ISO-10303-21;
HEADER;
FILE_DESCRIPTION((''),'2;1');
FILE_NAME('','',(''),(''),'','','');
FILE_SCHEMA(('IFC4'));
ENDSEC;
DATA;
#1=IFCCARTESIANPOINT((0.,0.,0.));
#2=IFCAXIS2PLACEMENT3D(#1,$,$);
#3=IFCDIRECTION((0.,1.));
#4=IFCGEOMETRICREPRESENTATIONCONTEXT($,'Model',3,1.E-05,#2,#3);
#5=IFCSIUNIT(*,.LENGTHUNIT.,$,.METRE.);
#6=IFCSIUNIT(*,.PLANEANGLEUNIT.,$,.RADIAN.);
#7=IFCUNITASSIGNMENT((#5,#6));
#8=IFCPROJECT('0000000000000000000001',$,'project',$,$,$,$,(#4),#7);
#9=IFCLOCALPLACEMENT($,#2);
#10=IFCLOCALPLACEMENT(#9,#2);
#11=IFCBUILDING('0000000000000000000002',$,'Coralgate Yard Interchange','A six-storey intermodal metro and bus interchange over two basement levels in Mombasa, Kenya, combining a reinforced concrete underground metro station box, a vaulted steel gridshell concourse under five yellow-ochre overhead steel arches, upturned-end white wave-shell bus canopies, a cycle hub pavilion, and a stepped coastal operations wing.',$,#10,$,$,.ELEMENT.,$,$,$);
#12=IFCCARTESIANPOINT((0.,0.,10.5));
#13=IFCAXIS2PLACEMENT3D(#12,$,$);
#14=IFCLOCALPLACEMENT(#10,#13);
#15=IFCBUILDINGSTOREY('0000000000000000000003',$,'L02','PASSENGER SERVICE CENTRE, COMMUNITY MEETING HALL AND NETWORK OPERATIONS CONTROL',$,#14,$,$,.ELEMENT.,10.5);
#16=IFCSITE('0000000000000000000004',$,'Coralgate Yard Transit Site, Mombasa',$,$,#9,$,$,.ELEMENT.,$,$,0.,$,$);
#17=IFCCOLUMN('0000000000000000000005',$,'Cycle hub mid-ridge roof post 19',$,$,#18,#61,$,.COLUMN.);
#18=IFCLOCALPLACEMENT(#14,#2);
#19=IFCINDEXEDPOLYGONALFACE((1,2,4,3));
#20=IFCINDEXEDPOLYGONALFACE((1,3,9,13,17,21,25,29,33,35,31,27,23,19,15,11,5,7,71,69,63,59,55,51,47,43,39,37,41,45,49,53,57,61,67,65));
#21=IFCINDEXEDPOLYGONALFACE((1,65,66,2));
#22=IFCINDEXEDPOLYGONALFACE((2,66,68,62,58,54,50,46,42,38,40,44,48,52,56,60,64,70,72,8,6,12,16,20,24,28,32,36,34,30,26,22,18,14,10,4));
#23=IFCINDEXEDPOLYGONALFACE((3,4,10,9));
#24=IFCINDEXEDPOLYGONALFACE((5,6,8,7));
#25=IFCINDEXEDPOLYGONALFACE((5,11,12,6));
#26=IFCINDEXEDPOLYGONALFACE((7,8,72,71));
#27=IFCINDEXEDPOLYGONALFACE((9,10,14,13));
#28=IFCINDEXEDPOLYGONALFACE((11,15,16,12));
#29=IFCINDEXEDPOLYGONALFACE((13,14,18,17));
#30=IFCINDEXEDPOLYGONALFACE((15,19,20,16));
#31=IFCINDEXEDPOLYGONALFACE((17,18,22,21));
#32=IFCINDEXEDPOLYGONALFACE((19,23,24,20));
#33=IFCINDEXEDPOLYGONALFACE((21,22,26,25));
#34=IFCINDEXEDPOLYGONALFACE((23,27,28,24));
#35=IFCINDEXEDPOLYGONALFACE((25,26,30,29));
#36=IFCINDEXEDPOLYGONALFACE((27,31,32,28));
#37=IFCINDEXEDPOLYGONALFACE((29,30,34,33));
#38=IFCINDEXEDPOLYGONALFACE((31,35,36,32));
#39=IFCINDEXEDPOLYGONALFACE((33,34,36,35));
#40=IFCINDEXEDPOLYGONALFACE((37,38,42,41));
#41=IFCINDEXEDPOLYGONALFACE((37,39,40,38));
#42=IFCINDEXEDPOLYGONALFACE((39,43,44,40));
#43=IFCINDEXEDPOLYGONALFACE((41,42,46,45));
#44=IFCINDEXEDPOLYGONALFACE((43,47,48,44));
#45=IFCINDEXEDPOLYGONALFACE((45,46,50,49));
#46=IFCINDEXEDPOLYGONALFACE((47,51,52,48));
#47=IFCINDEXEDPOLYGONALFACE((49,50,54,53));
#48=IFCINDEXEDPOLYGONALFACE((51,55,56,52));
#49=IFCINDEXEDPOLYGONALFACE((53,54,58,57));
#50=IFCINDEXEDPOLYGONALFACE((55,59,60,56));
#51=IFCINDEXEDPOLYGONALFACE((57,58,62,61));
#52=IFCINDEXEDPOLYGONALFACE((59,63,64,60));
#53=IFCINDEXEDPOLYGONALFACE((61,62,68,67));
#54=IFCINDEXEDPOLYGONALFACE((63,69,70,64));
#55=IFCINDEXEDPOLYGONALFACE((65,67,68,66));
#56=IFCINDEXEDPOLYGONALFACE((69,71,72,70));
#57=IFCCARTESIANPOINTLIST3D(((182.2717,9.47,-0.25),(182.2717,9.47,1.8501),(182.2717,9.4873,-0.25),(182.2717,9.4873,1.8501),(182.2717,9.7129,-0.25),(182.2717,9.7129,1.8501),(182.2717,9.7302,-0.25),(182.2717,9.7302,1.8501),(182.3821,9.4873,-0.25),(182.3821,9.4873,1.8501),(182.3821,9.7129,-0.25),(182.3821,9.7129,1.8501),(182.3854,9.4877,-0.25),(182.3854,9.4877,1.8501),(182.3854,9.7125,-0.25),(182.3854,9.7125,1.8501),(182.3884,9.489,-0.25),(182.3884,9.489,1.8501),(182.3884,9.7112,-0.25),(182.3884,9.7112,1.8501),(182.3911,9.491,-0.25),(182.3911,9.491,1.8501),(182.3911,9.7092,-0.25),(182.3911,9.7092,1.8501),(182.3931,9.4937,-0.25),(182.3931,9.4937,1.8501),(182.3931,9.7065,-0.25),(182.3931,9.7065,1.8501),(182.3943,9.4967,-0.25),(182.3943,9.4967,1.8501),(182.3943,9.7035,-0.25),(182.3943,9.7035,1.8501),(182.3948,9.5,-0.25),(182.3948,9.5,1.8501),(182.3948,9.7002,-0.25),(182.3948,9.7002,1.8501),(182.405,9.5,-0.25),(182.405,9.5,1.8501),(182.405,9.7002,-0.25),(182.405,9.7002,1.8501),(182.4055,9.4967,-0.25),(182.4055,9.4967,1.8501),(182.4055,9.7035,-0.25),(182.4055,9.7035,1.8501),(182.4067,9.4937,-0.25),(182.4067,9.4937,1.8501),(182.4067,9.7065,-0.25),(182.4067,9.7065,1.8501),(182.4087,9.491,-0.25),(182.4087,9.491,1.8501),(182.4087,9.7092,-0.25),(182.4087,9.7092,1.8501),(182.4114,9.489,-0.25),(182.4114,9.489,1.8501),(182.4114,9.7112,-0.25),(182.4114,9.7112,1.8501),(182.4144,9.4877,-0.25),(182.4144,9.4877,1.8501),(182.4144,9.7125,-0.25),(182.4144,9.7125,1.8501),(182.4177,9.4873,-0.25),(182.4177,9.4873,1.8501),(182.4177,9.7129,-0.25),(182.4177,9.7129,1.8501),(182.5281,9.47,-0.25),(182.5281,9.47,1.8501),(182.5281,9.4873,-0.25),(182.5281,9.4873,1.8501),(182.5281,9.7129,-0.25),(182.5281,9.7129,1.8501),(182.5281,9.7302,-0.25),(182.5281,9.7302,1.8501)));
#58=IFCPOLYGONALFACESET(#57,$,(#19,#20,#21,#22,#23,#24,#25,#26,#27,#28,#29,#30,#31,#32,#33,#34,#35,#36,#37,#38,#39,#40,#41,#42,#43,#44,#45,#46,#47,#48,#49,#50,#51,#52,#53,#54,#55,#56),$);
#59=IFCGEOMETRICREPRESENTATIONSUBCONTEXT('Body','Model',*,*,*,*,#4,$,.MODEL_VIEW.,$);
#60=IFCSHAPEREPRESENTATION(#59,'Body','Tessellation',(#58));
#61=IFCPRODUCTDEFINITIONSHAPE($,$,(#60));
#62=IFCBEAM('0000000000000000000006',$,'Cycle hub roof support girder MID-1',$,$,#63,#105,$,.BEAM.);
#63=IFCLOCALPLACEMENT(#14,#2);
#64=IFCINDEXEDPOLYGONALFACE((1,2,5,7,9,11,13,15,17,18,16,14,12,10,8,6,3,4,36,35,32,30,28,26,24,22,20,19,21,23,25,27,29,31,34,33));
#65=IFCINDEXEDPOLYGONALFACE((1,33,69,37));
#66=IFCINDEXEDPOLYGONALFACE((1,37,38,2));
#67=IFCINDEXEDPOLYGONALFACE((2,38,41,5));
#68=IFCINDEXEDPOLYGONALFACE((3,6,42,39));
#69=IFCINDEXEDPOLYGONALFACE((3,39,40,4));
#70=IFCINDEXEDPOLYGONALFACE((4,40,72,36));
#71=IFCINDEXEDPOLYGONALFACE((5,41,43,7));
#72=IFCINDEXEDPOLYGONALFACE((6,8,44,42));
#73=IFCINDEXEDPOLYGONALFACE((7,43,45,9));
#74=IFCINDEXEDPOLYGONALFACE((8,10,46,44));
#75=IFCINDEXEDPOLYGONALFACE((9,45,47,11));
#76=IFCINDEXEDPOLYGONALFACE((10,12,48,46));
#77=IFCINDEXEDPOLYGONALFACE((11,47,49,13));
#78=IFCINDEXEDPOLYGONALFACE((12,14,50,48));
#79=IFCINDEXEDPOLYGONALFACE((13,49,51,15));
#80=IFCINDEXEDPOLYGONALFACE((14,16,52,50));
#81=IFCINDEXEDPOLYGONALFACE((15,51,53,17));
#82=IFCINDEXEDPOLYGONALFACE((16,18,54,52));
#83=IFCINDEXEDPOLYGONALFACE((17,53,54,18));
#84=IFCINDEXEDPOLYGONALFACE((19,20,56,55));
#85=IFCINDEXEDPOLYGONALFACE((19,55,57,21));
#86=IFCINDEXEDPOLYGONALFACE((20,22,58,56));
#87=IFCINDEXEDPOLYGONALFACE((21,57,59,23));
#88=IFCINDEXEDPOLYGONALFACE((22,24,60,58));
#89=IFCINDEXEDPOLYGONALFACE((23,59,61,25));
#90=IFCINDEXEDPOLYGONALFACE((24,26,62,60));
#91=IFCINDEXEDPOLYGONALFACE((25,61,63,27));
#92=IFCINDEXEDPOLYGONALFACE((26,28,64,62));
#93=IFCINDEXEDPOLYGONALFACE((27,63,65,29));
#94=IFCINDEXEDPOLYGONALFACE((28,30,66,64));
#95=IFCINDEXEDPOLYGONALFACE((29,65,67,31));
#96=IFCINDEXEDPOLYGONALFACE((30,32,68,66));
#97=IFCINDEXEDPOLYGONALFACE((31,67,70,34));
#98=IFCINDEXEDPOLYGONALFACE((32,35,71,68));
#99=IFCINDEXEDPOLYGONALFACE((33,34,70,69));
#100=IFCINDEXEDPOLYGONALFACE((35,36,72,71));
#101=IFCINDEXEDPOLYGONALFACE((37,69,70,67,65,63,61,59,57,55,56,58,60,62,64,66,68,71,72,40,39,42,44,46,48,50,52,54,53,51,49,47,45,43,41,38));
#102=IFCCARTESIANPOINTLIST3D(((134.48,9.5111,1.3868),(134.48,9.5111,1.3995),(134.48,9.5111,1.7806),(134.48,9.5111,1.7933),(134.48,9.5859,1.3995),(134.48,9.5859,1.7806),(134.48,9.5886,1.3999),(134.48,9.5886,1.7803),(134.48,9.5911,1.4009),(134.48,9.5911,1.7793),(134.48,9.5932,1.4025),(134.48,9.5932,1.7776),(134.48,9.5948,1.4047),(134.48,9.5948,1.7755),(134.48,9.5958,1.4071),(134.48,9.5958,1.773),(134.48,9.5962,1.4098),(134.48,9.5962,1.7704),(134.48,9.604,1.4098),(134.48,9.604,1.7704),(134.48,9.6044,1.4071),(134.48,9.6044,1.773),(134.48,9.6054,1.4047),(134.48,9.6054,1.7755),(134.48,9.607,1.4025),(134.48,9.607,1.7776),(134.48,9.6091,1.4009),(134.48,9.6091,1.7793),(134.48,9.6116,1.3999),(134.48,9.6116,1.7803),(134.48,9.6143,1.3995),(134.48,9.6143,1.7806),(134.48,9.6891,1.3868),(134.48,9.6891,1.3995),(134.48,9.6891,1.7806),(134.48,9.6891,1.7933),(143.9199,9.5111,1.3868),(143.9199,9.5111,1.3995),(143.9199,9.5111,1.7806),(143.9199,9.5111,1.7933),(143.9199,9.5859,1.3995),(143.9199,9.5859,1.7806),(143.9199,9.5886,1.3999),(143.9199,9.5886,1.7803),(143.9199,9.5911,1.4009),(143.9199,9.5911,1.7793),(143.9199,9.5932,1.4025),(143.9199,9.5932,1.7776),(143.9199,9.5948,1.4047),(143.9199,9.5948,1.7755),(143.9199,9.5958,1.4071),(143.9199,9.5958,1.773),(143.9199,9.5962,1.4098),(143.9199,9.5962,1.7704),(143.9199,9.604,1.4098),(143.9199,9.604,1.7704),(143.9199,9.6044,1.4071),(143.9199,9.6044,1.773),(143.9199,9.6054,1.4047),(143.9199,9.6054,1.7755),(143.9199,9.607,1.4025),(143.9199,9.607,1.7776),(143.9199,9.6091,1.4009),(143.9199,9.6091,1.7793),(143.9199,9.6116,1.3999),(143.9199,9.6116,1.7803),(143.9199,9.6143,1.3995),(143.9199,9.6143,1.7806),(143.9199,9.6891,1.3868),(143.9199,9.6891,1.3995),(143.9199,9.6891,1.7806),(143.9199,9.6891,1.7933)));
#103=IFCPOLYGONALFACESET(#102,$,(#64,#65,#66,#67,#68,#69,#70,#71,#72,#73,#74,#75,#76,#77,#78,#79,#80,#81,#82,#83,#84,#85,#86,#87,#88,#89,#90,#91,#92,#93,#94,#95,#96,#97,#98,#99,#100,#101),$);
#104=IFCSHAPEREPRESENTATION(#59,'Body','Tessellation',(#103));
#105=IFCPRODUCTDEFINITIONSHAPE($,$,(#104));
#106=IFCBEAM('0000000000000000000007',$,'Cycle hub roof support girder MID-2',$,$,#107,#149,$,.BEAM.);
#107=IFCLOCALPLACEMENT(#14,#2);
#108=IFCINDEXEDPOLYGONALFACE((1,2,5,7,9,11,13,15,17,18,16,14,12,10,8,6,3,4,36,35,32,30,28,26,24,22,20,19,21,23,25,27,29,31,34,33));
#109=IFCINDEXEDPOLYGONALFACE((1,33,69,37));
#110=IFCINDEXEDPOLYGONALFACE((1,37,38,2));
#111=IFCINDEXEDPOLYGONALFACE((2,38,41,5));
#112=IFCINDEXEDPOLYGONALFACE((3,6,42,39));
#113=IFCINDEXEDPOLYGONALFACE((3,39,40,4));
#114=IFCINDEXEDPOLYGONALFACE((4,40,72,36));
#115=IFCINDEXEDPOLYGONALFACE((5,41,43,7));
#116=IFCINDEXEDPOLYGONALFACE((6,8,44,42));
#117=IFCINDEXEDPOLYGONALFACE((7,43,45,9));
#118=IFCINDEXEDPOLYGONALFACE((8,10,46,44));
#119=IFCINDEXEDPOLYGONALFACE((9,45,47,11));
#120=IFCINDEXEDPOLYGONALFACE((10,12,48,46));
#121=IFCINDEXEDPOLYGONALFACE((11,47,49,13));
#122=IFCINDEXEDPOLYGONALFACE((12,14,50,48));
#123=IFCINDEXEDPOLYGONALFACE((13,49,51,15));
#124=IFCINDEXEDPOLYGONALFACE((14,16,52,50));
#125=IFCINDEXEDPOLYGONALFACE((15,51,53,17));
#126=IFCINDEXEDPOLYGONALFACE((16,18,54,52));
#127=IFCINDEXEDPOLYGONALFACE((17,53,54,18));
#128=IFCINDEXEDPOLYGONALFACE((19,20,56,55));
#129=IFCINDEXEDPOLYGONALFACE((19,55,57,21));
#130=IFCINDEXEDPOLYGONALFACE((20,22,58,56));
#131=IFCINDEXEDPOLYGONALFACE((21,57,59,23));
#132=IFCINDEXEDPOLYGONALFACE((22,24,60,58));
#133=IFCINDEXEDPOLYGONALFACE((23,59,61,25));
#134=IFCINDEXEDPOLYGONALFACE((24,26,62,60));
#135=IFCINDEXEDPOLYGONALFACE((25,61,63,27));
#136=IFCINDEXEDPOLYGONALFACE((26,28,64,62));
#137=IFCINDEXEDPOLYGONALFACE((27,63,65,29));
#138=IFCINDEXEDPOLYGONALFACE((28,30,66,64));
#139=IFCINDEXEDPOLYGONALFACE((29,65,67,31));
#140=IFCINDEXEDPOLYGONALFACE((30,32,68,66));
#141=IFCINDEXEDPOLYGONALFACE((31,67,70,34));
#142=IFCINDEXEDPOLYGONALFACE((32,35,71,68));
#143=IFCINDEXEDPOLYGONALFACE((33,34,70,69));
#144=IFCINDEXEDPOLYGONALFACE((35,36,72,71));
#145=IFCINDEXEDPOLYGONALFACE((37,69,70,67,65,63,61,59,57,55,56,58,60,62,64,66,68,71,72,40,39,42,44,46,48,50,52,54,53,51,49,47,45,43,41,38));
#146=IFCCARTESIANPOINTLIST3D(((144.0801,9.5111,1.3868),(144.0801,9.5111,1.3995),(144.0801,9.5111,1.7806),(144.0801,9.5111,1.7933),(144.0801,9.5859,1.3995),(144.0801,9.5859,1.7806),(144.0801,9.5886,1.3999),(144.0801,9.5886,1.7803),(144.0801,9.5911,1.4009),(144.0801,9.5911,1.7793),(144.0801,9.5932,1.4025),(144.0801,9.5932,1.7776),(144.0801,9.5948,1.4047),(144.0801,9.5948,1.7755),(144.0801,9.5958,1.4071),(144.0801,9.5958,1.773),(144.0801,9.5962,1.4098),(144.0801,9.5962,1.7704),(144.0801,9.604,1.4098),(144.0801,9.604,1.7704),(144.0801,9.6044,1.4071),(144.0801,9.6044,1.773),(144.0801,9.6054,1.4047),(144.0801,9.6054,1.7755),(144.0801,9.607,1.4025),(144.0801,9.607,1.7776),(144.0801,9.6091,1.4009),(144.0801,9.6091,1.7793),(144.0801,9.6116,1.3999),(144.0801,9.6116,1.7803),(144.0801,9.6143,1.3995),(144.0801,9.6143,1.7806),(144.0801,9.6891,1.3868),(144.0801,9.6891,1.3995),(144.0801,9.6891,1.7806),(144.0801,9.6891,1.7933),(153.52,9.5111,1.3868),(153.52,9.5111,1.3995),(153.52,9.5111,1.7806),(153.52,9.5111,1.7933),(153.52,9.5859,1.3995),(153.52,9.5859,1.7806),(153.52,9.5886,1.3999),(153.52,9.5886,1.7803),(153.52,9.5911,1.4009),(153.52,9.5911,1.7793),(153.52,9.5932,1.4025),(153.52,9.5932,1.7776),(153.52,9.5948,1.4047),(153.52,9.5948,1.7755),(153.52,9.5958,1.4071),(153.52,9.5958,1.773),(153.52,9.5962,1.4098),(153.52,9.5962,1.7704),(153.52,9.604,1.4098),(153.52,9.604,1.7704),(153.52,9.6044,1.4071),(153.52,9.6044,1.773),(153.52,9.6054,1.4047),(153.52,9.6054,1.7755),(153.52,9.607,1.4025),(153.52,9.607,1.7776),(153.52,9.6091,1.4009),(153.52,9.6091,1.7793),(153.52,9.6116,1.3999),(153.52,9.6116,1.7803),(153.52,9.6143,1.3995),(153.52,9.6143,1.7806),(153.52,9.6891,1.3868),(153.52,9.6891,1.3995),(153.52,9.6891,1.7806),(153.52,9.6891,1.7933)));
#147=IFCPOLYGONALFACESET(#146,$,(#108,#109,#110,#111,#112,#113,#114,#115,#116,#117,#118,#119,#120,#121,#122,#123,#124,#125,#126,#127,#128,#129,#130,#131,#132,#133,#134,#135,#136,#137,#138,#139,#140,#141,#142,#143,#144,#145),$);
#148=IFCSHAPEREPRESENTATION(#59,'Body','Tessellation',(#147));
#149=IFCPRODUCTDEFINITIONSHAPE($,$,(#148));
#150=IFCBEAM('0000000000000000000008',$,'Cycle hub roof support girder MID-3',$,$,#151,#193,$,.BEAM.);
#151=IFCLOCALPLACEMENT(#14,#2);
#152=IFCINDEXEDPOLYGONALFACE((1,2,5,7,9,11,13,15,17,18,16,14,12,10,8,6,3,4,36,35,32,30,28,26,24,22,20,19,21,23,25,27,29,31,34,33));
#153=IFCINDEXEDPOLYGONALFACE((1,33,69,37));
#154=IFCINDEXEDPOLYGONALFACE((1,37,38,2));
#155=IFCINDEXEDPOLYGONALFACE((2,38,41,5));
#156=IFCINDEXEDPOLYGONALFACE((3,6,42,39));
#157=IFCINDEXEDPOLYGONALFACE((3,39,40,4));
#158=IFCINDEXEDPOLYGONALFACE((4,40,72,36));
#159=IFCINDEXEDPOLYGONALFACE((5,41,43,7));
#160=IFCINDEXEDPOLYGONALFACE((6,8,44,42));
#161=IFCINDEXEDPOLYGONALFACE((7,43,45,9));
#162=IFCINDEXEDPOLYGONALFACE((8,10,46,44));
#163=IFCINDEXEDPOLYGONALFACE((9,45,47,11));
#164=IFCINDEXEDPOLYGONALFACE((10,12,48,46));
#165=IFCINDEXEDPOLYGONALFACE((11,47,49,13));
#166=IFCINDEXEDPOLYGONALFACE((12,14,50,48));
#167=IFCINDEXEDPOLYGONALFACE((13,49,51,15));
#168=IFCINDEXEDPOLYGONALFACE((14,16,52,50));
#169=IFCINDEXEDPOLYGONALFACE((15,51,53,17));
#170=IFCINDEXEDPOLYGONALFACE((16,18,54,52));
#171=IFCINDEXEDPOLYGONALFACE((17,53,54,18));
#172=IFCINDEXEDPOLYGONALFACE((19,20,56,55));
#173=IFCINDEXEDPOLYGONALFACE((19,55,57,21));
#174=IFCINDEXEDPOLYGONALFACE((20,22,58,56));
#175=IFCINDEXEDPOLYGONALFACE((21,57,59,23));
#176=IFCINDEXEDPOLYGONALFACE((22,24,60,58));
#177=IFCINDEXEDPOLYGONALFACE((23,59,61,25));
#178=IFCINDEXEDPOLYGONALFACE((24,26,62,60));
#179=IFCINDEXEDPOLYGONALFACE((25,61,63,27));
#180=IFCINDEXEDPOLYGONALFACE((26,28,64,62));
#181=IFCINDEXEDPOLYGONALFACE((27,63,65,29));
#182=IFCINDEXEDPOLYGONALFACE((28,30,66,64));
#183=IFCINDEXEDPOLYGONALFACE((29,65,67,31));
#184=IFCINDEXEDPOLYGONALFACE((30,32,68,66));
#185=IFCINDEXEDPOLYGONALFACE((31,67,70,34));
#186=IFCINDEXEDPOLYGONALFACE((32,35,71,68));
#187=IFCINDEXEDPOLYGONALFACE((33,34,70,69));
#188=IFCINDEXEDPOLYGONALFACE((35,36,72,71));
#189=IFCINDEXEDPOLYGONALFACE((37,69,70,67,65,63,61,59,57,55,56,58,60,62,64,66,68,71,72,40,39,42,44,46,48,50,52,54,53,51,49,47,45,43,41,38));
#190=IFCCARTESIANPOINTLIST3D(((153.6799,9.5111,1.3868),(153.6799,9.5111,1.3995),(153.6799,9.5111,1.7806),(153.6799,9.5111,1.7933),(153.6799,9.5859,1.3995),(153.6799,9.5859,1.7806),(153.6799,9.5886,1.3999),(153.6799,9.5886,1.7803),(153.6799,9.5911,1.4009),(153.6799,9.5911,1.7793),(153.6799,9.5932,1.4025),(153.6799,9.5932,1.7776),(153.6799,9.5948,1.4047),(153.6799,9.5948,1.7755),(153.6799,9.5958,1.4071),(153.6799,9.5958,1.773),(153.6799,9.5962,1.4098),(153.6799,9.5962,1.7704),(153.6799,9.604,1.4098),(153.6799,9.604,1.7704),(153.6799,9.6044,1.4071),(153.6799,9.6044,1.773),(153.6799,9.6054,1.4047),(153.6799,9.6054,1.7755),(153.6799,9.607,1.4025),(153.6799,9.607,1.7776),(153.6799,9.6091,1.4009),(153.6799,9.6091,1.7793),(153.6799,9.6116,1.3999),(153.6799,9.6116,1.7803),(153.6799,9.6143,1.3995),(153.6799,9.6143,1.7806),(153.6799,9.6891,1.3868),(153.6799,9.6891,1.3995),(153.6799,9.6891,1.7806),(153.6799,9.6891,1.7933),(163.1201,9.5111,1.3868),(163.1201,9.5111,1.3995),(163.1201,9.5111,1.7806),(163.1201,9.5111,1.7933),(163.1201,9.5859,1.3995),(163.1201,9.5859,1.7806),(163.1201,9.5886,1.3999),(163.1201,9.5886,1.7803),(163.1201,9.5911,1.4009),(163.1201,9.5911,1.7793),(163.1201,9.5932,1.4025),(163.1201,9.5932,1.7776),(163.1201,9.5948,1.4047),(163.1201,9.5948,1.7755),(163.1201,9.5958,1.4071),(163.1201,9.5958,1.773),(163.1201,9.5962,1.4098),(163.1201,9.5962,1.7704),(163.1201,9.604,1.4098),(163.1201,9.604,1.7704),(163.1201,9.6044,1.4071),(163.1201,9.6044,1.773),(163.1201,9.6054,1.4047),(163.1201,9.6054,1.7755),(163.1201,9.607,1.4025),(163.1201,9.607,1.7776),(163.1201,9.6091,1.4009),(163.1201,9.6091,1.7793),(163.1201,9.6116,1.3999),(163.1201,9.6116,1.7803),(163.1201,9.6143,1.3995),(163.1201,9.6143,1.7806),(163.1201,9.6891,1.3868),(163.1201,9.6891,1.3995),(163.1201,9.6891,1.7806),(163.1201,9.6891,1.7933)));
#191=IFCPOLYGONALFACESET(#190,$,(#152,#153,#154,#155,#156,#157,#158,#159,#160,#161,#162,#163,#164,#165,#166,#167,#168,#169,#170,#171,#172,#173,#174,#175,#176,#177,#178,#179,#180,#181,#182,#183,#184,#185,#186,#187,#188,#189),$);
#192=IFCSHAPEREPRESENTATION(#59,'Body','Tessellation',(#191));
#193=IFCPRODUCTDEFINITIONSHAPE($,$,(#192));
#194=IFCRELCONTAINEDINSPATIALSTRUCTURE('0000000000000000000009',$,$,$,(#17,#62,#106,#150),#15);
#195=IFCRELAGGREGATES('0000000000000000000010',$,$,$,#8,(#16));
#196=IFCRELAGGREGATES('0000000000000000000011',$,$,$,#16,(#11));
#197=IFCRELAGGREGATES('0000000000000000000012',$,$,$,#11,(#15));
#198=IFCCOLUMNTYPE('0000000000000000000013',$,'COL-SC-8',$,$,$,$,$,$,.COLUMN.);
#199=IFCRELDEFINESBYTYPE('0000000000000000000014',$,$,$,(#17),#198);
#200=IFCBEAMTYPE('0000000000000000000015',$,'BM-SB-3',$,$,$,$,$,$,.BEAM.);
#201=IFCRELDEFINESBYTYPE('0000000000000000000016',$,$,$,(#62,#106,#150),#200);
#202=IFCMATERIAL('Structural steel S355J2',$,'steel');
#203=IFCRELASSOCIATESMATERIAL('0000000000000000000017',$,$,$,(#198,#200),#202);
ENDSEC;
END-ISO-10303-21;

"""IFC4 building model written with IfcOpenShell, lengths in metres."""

from ifc_helpers import new_model, si_unit, direction, frame, origin, origin_2d, place, context, subcontext, project, spatial, i_section, extrude, material, material_profile, profile_set, type_object, element, save


model = new_model("IFC4")

# Units and contexts
model_context = context("Model", 3, precision=1e-05, world=origin(), true_north=direction((0.0, 1.0)))
body_context = subcontext(model_context, "Body", "Model", "MODEL_VIEW")
ifc_project = project(units=[si_unit("LENGTHUNIT", "METRE"), si_unit("PLANEANGLEUNIT", "RADIAN")], contexts=[model_context])

# Site, building, storey
site_placement = place(None, origin())
site = spatial("IfcSite", under=ifc_project, at=site_placement, Name="Coralgate Yard Transit Site, Mombasa", CompositionType="ELEMENT", RefElevation=0.0)
building_placement = place(site_placement, origin())
building = spatial("IfcBuilding", under=site, at=building_placement, Name="Coralgate Yard Interchange", Description="A six-storey intermodal metro and bus interchange over two basement levels in Mombasa, Kenya, combining a reinforced concrete underground metro station box, a vaulted steel gridshell concourse under five yellow-ochre overhead steel arches, upturned-end white wave-shell bus canopies, a cycle hub pavilion, and a stepped coastal operations wing.", CompositionType="ELEMENT")
storey_placement = place(building_placement, frame((0.0, 0.0, 10.5)))
storey = spatial("IfcBuildingStorey", under=building, at=storey_placement, Name="L02", Description="PASSENGER SERVICE CENTRE, COMMUNITY MEETING HALL AND NETWORK OPERATIONS CONTROL", CompositionType="ELEMENT", Elevation=10.5)

# Column
ifc_material_1 = material(Name="Structural steel S355J2", Category="steel")
ifc_material_profile_1 = material_profile(ifc_material_1, i_section(OverallWidth=0.2563, OverallDepth=0.2603, WebThickness=0.0103, FlangeThickness=0.0173, FilletRadius=0.0127, at=origin_2d()), Name="UC 254x254x89")
ifc_profile_set_1 = profile_set([ifc_material_profile_1], Name="Structural steel S355J2")
column_type = type_object("IfcColumnType", Name="COL-SC-8", PredefinedType="COLUMN", material=ifc_profile_set_1)
for number, where, z_axis, x_axis, name in (
    (1, (182.3999, 9.6001, -0.25), (0.0, 0.0, 1.0), (1.0, 0.0, 0.0), "Cycle hub mid-ridge roof post 19"),
):
    element("IfcColumn", number, at=place(storey_placement, frame(where, z_axis=z_axis, x_axis=x_axis)), inside=storey, type_object=column_type, Name=name, PredefinedType="COLUMN", context=body_context, shape_type="SweptSolid", body=[
        extrude(i_section(OverallWidth=0.2563, OverallDepth=0.2603, WebThickness=0.0103, FlangeThickness=0.0173, FilletRadius=0.0127, at=origin_2d()), origin(), (0.0, 0.0, 1.0), 2.1001),
    ])

# Beams
ifc_material_profile_2 = material_profile(ifc_material_1, i_section(OverallWidth=0.178, OverallDepth=0.4065, WebThickness=0.0078, FlangeThickness=0.0127, FilletRadius=0.0103, at=origin_2d()), Name="UB 406x178x60")
ifc_profile_set_2 = profile_set([ifc_material_profile_2], Name="Structural steel S355J2")
beam_type = type_object("IfcBeamType", Name="BM-SB-3", PredefinedType="BEAM", material=ifc_profile_set_2)
for number, where, z_axis, x_axis, name in (
    (2, (134.48, 9.6001, 1.5901), (1.0, 0.0, 0.0), (0.0, 1.0, 0.0), "Cycle hub roof support girder MID-1"),
    (3, (144.0801, 9.6001, 1.5901), (1.0, 0.0, 0.0), (0.0, 1.0, 0.0), "Cycle hub roof support girder MID-2"),
):
    element("IfcBeam", number, at=place(storey_placement, frame(where, z_axis=z_axis, x_axis=x_axis)), inside=storey, type_object=beam_type, Name=name, PredefinedType="BEAM", context=body_context, shape_type="SweptSolid", body=[
        extrude(i_section(OverallWidth=0.178, OverallDepth=0.4065, WebThickness=0.0078, FlangeThickness=0.0127, FilletRadius=0.0103, at=origin_2d()), origin(), (0.0, 0.0, 1.0), 9.4399),
    ])
beam_1_placement = place(storey_placement, frame((153.6799, 9.6001, 1.5901), z_axis=(1.0, 0.0, 0.0), x_axis=(0.0, 1.0, 0.0)))
element("IfcBeam", 4, at=beam_1_placement, inside=storey, type_object=beam_type, Name="Cycle hub roof support girder MID-3", PredefinedType="BEAM", context=body_context, shape_type="SweptSolid", body=[
    extrude(i_section(OverallWidth=0.178, OverallDepth=0.4065, WebThickness=0.0078, FlangeThickness=0.0127, FilletRadius=0.0103, at=origin_2d()), origin(), (0.0, 0.0, 1.0), 9.4402),
])

save(model, "model.ifc")
